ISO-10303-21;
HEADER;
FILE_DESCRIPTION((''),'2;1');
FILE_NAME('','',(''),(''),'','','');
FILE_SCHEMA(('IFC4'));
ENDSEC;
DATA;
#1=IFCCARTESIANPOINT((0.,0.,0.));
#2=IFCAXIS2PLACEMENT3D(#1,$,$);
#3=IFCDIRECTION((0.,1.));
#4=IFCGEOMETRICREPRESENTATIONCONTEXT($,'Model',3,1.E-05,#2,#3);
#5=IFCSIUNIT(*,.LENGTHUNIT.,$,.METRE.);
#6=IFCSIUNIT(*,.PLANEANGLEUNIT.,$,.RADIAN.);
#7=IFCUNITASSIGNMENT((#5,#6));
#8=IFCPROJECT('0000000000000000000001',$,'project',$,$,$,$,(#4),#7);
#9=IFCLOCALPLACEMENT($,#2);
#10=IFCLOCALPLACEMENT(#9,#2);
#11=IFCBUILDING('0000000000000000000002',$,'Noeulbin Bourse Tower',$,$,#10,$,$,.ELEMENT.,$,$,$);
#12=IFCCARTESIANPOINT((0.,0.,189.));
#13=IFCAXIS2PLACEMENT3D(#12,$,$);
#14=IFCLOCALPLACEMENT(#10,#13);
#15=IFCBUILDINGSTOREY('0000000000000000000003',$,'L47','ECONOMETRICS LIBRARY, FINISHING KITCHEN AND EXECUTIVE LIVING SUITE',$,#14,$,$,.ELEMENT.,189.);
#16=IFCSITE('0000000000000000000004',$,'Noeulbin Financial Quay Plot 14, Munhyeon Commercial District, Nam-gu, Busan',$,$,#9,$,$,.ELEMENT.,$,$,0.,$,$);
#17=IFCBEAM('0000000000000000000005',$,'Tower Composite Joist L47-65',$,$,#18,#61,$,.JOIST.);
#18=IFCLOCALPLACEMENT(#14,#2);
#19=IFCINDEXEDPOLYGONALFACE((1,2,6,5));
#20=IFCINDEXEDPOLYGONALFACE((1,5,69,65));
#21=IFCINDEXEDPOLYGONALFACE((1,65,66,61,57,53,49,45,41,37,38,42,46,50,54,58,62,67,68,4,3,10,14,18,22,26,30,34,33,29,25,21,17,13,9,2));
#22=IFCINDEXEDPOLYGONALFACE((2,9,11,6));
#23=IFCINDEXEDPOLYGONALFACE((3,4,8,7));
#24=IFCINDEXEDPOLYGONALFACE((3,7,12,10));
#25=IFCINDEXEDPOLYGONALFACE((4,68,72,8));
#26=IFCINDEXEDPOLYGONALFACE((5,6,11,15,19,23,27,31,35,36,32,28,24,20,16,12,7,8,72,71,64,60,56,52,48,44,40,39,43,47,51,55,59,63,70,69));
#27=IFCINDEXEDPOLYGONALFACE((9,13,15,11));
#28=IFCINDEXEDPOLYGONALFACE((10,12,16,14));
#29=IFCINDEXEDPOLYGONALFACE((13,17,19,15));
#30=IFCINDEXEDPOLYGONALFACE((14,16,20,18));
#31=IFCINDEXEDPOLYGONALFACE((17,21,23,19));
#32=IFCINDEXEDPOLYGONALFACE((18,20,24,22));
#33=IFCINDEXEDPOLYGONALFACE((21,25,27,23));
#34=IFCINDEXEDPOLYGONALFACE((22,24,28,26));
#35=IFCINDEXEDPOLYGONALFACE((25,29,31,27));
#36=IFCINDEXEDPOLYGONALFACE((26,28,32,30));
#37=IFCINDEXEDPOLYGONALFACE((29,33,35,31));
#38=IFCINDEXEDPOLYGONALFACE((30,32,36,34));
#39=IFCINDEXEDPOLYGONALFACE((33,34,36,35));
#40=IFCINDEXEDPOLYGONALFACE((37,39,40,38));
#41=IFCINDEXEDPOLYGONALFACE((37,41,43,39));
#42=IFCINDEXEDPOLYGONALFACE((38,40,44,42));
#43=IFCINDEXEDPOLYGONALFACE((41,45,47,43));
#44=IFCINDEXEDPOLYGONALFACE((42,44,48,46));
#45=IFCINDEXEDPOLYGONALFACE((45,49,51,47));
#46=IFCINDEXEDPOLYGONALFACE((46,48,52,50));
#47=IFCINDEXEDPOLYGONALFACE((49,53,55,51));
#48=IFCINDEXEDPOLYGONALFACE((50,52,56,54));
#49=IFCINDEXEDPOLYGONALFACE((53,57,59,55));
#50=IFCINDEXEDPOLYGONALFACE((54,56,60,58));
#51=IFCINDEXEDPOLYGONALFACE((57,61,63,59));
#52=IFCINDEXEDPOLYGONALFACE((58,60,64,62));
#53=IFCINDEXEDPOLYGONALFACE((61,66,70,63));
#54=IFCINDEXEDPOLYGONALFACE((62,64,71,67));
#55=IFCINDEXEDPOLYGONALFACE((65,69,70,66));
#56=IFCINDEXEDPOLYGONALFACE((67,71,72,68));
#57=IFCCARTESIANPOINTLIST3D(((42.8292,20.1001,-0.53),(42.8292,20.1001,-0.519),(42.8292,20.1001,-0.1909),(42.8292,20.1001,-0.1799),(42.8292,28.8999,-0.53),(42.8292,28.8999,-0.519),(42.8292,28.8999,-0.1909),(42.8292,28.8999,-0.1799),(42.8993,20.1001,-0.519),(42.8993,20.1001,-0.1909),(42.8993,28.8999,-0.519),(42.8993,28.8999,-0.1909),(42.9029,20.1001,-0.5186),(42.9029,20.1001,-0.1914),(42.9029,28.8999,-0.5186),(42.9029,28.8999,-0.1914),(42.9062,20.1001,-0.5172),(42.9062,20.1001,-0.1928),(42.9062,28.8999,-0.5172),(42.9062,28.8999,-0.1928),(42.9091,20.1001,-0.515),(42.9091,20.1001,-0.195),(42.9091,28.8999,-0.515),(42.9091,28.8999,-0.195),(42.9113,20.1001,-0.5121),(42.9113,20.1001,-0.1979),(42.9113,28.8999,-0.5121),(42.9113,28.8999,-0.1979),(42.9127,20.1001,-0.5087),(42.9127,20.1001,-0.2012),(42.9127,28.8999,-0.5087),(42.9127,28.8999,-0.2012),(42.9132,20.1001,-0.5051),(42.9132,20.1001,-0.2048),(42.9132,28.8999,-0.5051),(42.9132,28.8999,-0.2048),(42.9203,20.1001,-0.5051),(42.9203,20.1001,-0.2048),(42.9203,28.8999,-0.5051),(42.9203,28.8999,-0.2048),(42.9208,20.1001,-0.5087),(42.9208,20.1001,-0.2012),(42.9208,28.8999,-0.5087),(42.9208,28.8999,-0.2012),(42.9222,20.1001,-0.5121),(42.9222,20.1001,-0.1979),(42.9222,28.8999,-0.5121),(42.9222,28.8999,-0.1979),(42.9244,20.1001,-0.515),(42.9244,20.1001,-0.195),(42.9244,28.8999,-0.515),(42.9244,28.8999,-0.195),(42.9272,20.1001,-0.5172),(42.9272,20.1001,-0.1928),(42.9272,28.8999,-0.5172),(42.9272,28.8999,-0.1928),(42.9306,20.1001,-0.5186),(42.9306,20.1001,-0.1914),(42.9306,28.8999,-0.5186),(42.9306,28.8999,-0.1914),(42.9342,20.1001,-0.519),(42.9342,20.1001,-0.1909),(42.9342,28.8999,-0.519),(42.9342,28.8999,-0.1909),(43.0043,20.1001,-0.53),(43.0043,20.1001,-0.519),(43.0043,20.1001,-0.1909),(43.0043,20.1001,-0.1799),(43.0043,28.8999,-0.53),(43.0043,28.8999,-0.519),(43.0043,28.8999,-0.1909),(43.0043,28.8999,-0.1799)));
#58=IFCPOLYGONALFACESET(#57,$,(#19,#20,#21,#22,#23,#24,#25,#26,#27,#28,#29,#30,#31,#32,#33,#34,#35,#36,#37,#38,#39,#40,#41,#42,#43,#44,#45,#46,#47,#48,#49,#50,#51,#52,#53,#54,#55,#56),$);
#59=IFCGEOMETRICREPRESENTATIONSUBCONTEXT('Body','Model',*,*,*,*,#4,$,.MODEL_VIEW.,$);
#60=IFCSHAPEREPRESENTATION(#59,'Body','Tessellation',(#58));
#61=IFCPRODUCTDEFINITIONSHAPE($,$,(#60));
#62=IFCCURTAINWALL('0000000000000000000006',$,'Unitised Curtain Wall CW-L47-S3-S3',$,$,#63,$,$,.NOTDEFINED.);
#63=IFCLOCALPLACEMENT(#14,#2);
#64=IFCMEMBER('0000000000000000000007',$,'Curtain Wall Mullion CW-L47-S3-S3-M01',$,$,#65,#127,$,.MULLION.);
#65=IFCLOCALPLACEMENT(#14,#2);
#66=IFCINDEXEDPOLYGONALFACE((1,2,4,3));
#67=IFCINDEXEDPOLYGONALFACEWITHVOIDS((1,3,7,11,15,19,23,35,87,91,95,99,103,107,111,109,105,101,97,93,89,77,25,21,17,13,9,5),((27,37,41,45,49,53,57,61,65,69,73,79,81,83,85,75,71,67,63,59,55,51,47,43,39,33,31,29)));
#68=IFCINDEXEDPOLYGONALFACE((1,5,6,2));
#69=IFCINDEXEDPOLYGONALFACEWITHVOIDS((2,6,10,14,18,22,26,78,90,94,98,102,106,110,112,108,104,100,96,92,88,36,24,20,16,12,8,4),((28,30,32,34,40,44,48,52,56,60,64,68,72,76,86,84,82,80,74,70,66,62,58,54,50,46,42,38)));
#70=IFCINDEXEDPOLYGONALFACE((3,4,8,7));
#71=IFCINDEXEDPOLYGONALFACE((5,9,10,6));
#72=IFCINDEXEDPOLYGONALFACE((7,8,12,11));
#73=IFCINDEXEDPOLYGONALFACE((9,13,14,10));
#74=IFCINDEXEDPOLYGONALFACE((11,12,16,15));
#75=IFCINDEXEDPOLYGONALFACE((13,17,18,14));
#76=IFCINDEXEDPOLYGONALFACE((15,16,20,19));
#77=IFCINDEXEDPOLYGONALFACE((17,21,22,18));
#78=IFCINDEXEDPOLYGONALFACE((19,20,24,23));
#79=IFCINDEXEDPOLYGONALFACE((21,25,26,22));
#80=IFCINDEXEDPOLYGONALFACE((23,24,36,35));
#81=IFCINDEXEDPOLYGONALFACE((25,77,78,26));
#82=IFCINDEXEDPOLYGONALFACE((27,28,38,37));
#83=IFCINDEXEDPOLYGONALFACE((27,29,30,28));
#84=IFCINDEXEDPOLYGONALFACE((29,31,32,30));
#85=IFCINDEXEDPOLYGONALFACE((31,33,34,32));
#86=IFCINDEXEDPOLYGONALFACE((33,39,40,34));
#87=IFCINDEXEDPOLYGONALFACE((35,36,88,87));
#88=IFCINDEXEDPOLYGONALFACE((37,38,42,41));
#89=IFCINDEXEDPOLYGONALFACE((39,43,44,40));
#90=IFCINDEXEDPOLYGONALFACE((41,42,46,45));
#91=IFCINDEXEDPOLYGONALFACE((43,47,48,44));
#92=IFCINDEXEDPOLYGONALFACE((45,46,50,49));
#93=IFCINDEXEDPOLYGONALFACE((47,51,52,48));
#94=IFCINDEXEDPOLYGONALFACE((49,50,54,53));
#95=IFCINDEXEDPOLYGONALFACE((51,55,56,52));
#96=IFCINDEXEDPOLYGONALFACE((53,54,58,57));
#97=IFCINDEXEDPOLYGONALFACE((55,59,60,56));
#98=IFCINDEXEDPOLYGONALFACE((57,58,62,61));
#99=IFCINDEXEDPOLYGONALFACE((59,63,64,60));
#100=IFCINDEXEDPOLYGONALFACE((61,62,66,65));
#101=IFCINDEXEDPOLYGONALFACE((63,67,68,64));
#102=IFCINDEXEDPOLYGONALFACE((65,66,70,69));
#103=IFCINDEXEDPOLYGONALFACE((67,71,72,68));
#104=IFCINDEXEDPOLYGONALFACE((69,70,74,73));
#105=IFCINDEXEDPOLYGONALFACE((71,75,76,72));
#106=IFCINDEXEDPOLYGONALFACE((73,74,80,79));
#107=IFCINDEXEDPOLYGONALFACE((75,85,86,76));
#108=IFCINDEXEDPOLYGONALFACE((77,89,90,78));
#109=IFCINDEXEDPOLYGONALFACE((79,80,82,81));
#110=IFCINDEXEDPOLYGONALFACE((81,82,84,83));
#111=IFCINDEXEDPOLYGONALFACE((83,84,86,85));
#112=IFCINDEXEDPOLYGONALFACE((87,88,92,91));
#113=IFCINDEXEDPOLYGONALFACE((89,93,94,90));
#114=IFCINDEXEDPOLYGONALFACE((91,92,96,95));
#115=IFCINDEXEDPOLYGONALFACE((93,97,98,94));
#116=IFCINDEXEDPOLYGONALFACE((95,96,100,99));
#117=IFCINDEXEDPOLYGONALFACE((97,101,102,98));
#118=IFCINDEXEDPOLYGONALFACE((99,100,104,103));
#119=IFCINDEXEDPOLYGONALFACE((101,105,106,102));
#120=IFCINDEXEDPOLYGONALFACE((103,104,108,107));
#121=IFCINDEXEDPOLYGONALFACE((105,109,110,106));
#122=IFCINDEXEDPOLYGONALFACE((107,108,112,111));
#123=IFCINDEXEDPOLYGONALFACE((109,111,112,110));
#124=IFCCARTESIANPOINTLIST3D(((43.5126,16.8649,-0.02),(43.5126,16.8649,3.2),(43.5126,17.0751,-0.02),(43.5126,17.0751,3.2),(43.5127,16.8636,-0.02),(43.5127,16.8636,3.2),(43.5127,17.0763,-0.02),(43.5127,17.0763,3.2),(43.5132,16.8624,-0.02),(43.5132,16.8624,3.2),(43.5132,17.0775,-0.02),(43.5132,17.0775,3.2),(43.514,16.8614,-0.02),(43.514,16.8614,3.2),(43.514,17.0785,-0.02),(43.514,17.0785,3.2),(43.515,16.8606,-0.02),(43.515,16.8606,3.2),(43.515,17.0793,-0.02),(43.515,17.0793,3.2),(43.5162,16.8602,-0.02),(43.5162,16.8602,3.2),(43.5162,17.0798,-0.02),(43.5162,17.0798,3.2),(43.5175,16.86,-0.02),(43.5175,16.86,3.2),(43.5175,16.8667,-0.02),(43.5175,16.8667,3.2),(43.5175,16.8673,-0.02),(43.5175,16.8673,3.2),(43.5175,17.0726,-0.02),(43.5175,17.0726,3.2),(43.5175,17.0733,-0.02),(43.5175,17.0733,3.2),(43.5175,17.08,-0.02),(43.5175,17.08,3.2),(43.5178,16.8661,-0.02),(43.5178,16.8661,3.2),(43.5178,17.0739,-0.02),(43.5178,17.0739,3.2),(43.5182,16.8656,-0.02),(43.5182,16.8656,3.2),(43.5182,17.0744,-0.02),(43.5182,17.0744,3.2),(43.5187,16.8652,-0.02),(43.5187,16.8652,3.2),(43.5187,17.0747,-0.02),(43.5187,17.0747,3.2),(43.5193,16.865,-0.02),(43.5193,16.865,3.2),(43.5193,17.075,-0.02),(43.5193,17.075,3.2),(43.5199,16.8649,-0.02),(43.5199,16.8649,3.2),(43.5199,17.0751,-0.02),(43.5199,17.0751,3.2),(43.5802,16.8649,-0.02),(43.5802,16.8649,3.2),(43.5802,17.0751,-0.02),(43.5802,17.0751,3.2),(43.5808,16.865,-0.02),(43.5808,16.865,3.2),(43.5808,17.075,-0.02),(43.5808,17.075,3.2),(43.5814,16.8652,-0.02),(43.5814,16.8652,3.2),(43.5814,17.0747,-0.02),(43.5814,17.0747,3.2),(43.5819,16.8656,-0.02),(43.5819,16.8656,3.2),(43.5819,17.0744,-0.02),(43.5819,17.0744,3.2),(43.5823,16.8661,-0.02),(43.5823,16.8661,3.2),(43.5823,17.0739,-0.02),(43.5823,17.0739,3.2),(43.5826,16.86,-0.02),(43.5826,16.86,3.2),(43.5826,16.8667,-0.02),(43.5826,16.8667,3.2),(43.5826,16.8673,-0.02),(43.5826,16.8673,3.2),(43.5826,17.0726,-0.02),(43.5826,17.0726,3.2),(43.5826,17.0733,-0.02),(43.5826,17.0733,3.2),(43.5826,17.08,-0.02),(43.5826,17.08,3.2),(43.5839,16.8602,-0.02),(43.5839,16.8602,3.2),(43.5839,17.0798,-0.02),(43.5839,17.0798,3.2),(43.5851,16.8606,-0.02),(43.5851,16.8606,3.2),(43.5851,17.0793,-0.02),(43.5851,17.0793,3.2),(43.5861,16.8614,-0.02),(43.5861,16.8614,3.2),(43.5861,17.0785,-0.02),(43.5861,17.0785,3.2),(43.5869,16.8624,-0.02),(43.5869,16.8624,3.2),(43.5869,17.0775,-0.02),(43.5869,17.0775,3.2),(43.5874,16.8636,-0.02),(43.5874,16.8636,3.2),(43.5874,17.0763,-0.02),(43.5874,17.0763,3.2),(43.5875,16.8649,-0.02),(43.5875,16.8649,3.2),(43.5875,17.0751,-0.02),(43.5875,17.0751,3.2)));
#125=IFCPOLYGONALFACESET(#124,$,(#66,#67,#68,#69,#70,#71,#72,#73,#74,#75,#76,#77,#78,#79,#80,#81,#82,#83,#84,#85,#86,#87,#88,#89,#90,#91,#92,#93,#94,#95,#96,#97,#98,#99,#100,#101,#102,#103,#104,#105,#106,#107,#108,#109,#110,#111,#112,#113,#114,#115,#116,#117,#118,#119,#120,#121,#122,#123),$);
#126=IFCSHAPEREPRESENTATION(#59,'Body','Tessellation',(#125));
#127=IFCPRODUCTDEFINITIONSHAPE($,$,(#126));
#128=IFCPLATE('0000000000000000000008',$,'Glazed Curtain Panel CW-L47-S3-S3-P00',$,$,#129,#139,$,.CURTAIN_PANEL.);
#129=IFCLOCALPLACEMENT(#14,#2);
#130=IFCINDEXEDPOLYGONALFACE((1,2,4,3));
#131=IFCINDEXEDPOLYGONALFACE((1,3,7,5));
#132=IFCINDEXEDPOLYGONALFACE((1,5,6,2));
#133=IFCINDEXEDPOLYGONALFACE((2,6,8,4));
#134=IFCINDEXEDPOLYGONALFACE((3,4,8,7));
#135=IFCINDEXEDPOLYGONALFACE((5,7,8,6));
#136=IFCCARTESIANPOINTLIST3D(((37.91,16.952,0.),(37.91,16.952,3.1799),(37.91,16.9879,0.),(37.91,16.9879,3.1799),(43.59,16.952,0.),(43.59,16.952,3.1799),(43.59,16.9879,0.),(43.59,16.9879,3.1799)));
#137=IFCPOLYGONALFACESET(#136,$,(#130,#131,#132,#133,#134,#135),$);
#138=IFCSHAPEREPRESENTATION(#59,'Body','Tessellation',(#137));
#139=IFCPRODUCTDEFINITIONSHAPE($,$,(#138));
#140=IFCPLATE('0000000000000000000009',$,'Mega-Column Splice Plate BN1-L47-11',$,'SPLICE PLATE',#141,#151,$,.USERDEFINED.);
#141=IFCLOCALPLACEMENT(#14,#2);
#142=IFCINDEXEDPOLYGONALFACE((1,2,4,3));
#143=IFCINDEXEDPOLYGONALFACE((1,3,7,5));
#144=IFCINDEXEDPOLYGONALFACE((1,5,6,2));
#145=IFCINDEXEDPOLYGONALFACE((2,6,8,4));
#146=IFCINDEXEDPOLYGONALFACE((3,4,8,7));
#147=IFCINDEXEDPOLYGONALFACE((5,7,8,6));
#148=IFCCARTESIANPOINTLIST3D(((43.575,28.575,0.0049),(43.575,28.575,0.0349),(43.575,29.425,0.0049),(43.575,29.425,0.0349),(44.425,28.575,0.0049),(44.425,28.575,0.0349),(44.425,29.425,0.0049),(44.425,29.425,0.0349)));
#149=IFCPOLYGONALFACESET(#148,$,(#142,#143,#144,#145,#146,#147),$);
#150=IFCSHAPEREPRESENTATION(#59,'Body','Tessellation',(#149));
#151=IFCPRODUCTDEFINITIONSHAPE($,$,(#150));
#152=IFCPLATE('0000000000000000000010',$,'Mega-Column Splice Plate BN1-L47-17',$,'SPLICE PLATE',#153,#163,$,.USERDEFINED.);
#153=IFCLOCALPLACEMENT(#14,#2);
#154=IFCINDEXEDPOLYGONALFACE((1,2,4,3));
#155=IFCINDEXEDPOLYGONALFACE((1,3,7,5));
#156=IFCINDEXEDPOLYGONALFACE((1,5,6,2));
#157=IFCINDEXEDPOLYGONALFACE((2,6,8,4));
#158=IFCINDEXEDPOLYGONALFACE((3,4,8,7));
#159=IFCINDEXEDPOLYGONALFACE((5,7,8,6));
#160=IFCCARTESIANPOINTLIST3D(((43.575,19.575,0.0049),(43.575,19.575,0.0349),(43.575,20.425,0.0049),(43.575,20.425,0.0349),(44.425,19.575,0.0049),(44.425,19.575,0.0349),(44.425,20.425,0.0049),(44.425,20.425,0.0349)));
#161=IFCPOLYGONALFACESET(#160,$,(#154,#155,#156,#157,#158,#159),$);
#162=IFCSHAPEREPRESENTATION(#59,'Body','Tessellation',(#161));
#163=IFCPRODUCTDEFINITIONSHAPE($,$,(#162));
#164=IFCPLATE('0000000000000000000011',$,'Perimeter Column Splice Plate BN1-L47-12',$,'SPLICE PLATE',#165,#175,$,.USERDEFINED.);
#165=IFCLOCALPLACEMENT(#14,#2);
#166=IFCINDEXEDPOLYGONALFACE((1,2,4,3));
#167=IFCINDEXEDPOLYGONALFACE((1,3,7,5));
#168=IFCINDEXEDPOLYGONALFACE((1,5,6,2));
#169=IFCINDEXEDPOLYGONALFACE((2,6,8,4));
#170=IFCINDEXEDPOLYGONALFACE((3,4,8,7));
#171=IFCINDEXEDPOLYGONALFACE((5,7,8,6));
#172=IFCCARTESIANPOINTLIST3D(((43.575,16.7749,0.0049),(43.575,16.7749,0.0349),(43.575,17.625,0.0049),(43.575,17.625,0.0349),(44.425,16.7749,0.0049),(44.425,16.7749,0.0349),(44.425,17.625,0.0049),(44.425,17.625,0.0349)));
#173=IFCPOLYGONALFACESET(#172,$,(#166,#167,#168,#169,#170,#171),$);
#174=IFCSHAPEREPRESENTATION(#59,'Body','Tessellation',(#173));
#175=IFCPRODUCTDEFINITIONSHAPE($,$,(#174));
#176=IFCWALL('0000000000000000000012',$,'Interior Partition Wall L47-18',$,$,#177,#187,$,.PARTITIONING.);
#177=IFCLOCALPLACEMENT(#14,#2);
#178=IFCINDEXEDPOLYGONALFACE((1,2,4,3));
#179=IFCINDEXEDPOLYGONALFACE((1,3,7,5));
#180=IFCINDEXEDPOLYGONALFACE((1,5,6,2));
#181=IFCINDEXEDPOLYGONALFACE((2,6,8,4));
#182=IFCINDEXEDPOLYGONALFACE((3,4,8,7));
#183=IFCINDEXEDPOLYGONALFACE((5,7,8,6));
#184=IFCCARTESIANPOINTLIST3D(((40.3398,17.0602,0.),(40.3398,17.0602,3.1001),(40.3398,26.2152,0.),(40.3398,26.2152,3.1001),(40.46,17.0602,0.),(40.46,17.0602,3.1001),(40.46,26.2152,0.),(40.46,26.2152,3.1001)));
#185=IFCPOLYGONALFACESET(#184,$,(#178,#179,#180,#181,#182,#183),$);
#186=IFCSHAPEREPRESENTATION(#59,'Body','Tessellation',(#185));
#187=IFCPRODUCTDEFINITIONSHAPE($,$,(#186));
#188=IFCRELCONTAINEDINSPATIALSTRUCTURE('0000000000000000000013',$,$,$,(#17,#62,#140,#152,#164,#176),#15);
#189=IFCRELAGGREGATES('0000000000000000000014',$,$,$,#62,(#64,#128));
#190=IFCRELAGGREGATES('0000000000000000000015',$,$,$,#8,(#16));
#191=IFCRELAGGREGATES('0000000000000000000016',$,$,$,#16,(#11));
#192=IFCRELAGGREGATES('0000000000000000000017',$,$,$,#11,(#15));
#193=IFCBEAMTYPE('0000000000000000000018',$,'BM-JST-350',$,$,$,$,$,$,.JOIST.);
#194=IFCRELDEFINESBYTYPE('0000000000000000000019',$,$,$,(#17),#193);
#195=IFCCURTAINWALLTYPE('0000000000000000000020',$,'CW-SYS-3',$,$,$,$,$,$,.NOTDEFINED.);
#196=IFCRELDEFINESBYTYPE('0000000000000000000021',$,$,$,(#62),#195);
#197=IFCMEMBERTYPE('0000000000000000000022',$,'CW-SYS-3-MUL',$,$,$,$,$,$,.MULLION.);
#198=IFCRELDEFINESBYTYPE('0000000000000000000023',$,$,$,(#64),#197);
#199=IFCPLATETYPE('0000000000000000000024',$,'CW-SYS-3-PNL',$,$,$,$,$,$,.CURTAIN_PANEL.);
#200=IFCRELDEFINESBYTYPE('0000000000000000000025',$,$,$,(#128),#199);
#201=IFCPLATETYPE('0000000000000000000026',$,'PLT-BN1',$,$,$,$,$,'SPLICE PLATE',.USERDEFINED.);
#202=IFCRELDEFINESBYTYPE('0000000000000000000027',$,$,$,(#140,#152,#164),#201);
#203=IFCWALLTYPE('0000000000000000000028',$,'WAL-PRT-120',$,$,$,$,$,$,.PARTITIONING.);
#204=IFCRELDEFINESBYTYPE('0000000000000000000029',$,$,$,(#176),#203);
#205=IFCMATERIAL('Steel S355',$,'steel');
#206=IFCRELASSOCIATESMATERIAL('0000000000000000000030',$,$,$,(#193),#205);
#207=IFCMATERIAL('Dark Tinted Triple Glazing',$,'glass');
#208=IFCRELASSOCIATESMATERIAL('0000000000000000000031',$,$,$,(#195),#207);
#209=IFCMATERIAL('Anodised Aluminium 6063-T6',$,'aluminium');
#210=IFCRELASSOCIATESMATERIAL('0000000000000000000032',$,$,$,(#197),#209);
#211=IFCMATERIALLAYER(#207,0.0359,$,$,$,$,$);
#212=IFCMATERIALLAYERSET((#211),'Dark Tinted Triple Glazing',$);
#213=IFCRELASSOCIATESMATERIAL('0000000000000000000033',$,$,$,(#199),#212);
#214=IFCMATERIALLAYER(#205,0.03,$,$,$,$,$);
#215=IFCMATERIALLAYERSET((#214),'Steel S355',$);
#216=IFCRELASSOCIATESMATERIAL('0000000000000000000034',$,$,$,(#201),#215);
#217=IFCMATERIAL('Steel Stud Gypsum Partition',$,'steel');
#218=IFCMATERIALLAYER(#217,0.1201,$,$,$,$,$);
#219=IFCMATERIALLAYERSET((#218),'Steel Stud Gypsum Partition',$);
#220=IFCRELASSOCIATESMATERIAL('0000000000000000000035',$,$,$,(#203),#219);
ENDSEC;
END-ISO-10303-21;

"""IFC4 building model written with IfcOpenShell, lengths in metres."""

from ifc_helpers import new_model, si_unit, direction, frame, frame_2d, origin, origin_2d, place, context, subcontext, project, spatial, rectangle, hollow_rectangle, i_section, extrude, material, layer, layer_set, material_profile, profile_set, type_object, element, aggregate, save


model = new_model("IFC4")

# Units and contexts
model_context = context("Model", 3, precision=1e-05, world=origin(), true_north=direction((0.0, 1.0)))
body_context = subcontext(model_context, "Body", "Model", "MODEL_VIEW")
ifc_project = project(units=[si_unit("LENGTHUNIT", "METRE"), si_unit("PLANEANGLEUNIT", "RADIAN")], contexts=[model_context])

# Site, building, storey
site_placement = place(None, origin())
site = spatial("IfcSite", under=ifc_project, at=site_placement, Name="Noeulbin Financial Quay Plot 14, Munhyeon Commercial District, Nam-gu, Busan", CompositionType="ELEMENT", RefElevation=0.0)
building_placement = place(site_placement, origin())
building = spatial("IfcBuilding", under=site, at=building_placement, Name="Noeulbin Bourse Tower", CompositionType="ELEMENT")
storey_placement = place(building_placement, frame((0.0, 0.0, 189.0)))
storey = spatial("IfcBuildingStorey", under=building, at=storey_placement, Name="L47", Description="ECONOMETRICS LIBRARY, FINISHING KITCHEN AND EXECUTIVE LIVING SUITE", CompositionType="ELEMENT", Elevation=189.0)

# Shared definitions
ifc_material_1 = material(Name="Steel S355", Category="steel")

# Beam
ifc_material_profile_1 = material_profile(ifc_material_1, i_section(OverallWidth=0.175, OverallDepth=0.3501, WebThickness=0.0071, FlangeThickness=0.011, FilletRadius=0.0139, at=origin_2d()), Name="H-350x175x7x11", Category="LoadBearing")
ifc_profile_set_1 = profile_set([ifc_material_profile_1], Name="Steel S355")
beam_type_1 = type_object("IfcBeamType", Name="BM-JST-350", PredefinedType="JOIST", material=ifc_profile_set_1)
beam_1_placement = place(storey_placement, frame((42.9167, 20.1001, -0.355), z_axis=(0.0, 1.0, 0.0), x_axis=(-1.0, 0.0, 0.0)))
element("IfcBeam", 1, at=beam_1_placement, inside=storey, type_object=beam_type_1, Name="Tower Composite Joist L47-65", PredefinedType="JOIST", context=body_context, shape_type="SweptSolid", body=[
    extrude(i_section(OverallWidth=0.175, OverallDepth=0.3501, WebThickness=0.0071, FlangeThickness=0.011, FilletRadius=0.0139, at=origin_2d()), origin(), (0.0, 0.0, 1.0), 8.7998),
])

# Curtain wall, member, plate
ifc_material_2 = material(Name="Dark Tinted Triple Glazing", Category="glass")
curtain_wall_type = type_object("IfcCurtainWallType", Name="CW-SYS-3", PredefinedType="NOTDEFINED", material=ifc_material_2)
curtain_wall_placement = place(storey_placement, origin())
curtain_wall = element("IfcCurtainWall", 2, at=curtain_wall_placement, inside=storey, type_object=curtain_wall_type, Name="Unitised Curtain Wall CW-L47-S3-S3", PredefinedType="NOTDEFINED")
ifc_material_3 = material(Name="Anodised Aluminium 6063-T6", Category="aluminium")
ifc_material_profile_2 = material_profile(ifc_material_3, hollow_rectangle(XDim=0.075, YDim=0.22, WallThickness=0.0049, InnerFilletRadius=0.0024, OuterFilletRadius=0.0049, at=origin_2d()), Name="ALU-MULL-75x220x5", Category="LoadBearing")
ifc_profile_set_2 = profile_set([ifc_material_profile_2], Name="Anodised Aluminium 6063-T6")
member_type = type_object("IfcMemberType", Name="CW-SYS-3-MUL", PredefinedType="MULLION", material=ifc_profile_set_2)
member_placement = place(storey_placement, frame((43.55, 16.97, -0.02), z_axis=(0.0, 0.0, 1.0), x_axis=(1.0, 0.0, 0.0)))
member = element("IfcMember", 3, at=member_placement, type_object=member_type, Name="Curtain Wall Mullion CW-L47-S3-S3-M01", PredefinedType="MULLION", context=body_context, shape_type="SweptSolid", body=[
    extrude(hollow_rectangle(XDim=0.075, YDim=0.22, WallThickness=0.0049, InnerFilletRadius=0.0024, OuterFilletRadius=0.0049, at=origin_2d()), origin(), (0.0, 0.0, 1.0), 3.22),
])
ifc_layer_1 = layer(ifc_material_2, 0.0359)
ifc_layer_set_1 = layer_set([ifc_layer_1], Name="Dark Tinted Triple Glazing")
plate_type_1 = type_object("IfcPlateType", Name="CW-SYS-3-PNL", PredefinedType="CURTAIN_PANEL", material=ifc_layer_set_1)
plate_placement = place(storey_placement, frame((40.75, 16.97, 0.0), z_axis=(0.0, 0.0, 1.0), x_axis=(1.0, 0.0, 0.0)))
plate = element("IfcPlate", 4, at=plate_placement, type_object=plate_type_1, Name="Glazed Curtain Panel CW-L47-S3-S3-P00", PredefinedType="CURTAIN_PANEL", context=body_context, shape_type="SweptSolid", body=[
    extrude(rectangle(XDim=5.6799, YDim=0.0359, at=origin_2d()), origin(), (0.0, 0.0, 1.0), 3.1799),
])
aggregate(curtain_wall, [member, plate])

# Plates
ifc_layer_2 = layer(ifc_material_1, 0.03)
ifc_layer_set_2 = layer_set([ifc_layer_2], Name="Steel S355")
plate_type_2 = type_object("IfcPlateType", Name="PLT-BN1", ElementType="SPLICE PLATE", PredefinedType="USERDEFINED", material=ifc_layer_set_2)
for number, where, z_axis, x_axis, name in (
    (5, (44.0, 29.0, 0.0049), (0.0, 0.0, 1.0), (1.0, 0.0, 0.0), "Mega-Column Splice Plate BN1-L47-11"),
    (6, (44.0, 20.0, 0.0049), (0.0, 0.0, 1.0), (1.0, 0.0, 0.0), "Mega-Column Splice Plate BN1-L47-17"),
    (7, (44.0, 17.2, 0.0049), (0.0, 0.0, 1.0), (1.0, 0.0, 0.0), "Perimeter Column Splice Plate BN1-L47-12"),
):
    element("IfcPlate", number, at=place(storey_placement, frame(where, z_axis=z_axis, x_axis=x_axis)), inside=storey, type_object=plate_type_2, Name=name, ObjectType="SPLICE PLATE", PredefinedType="USERDEFINED", context=body_context, shape_type="SweptSolid", body=[
        extrude(rectangle(XDim=0.8501, YDim=0.8501, at=origin_2d()), origin(), (0.0, 0.0, 1.0), 0.03),
    ])

# Wall
ifc_material_4 = material(Name="Steel Stud Gypsum Partition", Category="steel")
ifc_layer_3 = layer(ifc_material_4, 0.1201)
ifc_layer_set_3 = layer_set([ifc_layer_3], Name="Steel Stud Gypsum Partition")
wall_type = type_object("IfcWallType", Name="WAL-PRT-120", PredefinedType="PARTITIONING", material=ifc_layer_set_3)
wall_placement = place(storey_placement, frame((40.3999, 17.0601, 0.0), z_axis=(0.0, 0.0, 1.0), x_axis=(0.0, 1.0, 0.0)))
element("IfcWall", 8, at=wall_placement, inside=storey, type_object=wall_type, Name="Interior Partition Wall L47-18", PredefinedType="PARTITIONING", context=body_context, shape_type="SweptSolid", body=[
    extrude(rectangle(XDim=9.155, YDim=0.1201, at=frame_2d((4.5776, 0.0))), origin(), (0.0, 0.0, 1.0), 3.1001),
])

save(model, "model.ifc")
